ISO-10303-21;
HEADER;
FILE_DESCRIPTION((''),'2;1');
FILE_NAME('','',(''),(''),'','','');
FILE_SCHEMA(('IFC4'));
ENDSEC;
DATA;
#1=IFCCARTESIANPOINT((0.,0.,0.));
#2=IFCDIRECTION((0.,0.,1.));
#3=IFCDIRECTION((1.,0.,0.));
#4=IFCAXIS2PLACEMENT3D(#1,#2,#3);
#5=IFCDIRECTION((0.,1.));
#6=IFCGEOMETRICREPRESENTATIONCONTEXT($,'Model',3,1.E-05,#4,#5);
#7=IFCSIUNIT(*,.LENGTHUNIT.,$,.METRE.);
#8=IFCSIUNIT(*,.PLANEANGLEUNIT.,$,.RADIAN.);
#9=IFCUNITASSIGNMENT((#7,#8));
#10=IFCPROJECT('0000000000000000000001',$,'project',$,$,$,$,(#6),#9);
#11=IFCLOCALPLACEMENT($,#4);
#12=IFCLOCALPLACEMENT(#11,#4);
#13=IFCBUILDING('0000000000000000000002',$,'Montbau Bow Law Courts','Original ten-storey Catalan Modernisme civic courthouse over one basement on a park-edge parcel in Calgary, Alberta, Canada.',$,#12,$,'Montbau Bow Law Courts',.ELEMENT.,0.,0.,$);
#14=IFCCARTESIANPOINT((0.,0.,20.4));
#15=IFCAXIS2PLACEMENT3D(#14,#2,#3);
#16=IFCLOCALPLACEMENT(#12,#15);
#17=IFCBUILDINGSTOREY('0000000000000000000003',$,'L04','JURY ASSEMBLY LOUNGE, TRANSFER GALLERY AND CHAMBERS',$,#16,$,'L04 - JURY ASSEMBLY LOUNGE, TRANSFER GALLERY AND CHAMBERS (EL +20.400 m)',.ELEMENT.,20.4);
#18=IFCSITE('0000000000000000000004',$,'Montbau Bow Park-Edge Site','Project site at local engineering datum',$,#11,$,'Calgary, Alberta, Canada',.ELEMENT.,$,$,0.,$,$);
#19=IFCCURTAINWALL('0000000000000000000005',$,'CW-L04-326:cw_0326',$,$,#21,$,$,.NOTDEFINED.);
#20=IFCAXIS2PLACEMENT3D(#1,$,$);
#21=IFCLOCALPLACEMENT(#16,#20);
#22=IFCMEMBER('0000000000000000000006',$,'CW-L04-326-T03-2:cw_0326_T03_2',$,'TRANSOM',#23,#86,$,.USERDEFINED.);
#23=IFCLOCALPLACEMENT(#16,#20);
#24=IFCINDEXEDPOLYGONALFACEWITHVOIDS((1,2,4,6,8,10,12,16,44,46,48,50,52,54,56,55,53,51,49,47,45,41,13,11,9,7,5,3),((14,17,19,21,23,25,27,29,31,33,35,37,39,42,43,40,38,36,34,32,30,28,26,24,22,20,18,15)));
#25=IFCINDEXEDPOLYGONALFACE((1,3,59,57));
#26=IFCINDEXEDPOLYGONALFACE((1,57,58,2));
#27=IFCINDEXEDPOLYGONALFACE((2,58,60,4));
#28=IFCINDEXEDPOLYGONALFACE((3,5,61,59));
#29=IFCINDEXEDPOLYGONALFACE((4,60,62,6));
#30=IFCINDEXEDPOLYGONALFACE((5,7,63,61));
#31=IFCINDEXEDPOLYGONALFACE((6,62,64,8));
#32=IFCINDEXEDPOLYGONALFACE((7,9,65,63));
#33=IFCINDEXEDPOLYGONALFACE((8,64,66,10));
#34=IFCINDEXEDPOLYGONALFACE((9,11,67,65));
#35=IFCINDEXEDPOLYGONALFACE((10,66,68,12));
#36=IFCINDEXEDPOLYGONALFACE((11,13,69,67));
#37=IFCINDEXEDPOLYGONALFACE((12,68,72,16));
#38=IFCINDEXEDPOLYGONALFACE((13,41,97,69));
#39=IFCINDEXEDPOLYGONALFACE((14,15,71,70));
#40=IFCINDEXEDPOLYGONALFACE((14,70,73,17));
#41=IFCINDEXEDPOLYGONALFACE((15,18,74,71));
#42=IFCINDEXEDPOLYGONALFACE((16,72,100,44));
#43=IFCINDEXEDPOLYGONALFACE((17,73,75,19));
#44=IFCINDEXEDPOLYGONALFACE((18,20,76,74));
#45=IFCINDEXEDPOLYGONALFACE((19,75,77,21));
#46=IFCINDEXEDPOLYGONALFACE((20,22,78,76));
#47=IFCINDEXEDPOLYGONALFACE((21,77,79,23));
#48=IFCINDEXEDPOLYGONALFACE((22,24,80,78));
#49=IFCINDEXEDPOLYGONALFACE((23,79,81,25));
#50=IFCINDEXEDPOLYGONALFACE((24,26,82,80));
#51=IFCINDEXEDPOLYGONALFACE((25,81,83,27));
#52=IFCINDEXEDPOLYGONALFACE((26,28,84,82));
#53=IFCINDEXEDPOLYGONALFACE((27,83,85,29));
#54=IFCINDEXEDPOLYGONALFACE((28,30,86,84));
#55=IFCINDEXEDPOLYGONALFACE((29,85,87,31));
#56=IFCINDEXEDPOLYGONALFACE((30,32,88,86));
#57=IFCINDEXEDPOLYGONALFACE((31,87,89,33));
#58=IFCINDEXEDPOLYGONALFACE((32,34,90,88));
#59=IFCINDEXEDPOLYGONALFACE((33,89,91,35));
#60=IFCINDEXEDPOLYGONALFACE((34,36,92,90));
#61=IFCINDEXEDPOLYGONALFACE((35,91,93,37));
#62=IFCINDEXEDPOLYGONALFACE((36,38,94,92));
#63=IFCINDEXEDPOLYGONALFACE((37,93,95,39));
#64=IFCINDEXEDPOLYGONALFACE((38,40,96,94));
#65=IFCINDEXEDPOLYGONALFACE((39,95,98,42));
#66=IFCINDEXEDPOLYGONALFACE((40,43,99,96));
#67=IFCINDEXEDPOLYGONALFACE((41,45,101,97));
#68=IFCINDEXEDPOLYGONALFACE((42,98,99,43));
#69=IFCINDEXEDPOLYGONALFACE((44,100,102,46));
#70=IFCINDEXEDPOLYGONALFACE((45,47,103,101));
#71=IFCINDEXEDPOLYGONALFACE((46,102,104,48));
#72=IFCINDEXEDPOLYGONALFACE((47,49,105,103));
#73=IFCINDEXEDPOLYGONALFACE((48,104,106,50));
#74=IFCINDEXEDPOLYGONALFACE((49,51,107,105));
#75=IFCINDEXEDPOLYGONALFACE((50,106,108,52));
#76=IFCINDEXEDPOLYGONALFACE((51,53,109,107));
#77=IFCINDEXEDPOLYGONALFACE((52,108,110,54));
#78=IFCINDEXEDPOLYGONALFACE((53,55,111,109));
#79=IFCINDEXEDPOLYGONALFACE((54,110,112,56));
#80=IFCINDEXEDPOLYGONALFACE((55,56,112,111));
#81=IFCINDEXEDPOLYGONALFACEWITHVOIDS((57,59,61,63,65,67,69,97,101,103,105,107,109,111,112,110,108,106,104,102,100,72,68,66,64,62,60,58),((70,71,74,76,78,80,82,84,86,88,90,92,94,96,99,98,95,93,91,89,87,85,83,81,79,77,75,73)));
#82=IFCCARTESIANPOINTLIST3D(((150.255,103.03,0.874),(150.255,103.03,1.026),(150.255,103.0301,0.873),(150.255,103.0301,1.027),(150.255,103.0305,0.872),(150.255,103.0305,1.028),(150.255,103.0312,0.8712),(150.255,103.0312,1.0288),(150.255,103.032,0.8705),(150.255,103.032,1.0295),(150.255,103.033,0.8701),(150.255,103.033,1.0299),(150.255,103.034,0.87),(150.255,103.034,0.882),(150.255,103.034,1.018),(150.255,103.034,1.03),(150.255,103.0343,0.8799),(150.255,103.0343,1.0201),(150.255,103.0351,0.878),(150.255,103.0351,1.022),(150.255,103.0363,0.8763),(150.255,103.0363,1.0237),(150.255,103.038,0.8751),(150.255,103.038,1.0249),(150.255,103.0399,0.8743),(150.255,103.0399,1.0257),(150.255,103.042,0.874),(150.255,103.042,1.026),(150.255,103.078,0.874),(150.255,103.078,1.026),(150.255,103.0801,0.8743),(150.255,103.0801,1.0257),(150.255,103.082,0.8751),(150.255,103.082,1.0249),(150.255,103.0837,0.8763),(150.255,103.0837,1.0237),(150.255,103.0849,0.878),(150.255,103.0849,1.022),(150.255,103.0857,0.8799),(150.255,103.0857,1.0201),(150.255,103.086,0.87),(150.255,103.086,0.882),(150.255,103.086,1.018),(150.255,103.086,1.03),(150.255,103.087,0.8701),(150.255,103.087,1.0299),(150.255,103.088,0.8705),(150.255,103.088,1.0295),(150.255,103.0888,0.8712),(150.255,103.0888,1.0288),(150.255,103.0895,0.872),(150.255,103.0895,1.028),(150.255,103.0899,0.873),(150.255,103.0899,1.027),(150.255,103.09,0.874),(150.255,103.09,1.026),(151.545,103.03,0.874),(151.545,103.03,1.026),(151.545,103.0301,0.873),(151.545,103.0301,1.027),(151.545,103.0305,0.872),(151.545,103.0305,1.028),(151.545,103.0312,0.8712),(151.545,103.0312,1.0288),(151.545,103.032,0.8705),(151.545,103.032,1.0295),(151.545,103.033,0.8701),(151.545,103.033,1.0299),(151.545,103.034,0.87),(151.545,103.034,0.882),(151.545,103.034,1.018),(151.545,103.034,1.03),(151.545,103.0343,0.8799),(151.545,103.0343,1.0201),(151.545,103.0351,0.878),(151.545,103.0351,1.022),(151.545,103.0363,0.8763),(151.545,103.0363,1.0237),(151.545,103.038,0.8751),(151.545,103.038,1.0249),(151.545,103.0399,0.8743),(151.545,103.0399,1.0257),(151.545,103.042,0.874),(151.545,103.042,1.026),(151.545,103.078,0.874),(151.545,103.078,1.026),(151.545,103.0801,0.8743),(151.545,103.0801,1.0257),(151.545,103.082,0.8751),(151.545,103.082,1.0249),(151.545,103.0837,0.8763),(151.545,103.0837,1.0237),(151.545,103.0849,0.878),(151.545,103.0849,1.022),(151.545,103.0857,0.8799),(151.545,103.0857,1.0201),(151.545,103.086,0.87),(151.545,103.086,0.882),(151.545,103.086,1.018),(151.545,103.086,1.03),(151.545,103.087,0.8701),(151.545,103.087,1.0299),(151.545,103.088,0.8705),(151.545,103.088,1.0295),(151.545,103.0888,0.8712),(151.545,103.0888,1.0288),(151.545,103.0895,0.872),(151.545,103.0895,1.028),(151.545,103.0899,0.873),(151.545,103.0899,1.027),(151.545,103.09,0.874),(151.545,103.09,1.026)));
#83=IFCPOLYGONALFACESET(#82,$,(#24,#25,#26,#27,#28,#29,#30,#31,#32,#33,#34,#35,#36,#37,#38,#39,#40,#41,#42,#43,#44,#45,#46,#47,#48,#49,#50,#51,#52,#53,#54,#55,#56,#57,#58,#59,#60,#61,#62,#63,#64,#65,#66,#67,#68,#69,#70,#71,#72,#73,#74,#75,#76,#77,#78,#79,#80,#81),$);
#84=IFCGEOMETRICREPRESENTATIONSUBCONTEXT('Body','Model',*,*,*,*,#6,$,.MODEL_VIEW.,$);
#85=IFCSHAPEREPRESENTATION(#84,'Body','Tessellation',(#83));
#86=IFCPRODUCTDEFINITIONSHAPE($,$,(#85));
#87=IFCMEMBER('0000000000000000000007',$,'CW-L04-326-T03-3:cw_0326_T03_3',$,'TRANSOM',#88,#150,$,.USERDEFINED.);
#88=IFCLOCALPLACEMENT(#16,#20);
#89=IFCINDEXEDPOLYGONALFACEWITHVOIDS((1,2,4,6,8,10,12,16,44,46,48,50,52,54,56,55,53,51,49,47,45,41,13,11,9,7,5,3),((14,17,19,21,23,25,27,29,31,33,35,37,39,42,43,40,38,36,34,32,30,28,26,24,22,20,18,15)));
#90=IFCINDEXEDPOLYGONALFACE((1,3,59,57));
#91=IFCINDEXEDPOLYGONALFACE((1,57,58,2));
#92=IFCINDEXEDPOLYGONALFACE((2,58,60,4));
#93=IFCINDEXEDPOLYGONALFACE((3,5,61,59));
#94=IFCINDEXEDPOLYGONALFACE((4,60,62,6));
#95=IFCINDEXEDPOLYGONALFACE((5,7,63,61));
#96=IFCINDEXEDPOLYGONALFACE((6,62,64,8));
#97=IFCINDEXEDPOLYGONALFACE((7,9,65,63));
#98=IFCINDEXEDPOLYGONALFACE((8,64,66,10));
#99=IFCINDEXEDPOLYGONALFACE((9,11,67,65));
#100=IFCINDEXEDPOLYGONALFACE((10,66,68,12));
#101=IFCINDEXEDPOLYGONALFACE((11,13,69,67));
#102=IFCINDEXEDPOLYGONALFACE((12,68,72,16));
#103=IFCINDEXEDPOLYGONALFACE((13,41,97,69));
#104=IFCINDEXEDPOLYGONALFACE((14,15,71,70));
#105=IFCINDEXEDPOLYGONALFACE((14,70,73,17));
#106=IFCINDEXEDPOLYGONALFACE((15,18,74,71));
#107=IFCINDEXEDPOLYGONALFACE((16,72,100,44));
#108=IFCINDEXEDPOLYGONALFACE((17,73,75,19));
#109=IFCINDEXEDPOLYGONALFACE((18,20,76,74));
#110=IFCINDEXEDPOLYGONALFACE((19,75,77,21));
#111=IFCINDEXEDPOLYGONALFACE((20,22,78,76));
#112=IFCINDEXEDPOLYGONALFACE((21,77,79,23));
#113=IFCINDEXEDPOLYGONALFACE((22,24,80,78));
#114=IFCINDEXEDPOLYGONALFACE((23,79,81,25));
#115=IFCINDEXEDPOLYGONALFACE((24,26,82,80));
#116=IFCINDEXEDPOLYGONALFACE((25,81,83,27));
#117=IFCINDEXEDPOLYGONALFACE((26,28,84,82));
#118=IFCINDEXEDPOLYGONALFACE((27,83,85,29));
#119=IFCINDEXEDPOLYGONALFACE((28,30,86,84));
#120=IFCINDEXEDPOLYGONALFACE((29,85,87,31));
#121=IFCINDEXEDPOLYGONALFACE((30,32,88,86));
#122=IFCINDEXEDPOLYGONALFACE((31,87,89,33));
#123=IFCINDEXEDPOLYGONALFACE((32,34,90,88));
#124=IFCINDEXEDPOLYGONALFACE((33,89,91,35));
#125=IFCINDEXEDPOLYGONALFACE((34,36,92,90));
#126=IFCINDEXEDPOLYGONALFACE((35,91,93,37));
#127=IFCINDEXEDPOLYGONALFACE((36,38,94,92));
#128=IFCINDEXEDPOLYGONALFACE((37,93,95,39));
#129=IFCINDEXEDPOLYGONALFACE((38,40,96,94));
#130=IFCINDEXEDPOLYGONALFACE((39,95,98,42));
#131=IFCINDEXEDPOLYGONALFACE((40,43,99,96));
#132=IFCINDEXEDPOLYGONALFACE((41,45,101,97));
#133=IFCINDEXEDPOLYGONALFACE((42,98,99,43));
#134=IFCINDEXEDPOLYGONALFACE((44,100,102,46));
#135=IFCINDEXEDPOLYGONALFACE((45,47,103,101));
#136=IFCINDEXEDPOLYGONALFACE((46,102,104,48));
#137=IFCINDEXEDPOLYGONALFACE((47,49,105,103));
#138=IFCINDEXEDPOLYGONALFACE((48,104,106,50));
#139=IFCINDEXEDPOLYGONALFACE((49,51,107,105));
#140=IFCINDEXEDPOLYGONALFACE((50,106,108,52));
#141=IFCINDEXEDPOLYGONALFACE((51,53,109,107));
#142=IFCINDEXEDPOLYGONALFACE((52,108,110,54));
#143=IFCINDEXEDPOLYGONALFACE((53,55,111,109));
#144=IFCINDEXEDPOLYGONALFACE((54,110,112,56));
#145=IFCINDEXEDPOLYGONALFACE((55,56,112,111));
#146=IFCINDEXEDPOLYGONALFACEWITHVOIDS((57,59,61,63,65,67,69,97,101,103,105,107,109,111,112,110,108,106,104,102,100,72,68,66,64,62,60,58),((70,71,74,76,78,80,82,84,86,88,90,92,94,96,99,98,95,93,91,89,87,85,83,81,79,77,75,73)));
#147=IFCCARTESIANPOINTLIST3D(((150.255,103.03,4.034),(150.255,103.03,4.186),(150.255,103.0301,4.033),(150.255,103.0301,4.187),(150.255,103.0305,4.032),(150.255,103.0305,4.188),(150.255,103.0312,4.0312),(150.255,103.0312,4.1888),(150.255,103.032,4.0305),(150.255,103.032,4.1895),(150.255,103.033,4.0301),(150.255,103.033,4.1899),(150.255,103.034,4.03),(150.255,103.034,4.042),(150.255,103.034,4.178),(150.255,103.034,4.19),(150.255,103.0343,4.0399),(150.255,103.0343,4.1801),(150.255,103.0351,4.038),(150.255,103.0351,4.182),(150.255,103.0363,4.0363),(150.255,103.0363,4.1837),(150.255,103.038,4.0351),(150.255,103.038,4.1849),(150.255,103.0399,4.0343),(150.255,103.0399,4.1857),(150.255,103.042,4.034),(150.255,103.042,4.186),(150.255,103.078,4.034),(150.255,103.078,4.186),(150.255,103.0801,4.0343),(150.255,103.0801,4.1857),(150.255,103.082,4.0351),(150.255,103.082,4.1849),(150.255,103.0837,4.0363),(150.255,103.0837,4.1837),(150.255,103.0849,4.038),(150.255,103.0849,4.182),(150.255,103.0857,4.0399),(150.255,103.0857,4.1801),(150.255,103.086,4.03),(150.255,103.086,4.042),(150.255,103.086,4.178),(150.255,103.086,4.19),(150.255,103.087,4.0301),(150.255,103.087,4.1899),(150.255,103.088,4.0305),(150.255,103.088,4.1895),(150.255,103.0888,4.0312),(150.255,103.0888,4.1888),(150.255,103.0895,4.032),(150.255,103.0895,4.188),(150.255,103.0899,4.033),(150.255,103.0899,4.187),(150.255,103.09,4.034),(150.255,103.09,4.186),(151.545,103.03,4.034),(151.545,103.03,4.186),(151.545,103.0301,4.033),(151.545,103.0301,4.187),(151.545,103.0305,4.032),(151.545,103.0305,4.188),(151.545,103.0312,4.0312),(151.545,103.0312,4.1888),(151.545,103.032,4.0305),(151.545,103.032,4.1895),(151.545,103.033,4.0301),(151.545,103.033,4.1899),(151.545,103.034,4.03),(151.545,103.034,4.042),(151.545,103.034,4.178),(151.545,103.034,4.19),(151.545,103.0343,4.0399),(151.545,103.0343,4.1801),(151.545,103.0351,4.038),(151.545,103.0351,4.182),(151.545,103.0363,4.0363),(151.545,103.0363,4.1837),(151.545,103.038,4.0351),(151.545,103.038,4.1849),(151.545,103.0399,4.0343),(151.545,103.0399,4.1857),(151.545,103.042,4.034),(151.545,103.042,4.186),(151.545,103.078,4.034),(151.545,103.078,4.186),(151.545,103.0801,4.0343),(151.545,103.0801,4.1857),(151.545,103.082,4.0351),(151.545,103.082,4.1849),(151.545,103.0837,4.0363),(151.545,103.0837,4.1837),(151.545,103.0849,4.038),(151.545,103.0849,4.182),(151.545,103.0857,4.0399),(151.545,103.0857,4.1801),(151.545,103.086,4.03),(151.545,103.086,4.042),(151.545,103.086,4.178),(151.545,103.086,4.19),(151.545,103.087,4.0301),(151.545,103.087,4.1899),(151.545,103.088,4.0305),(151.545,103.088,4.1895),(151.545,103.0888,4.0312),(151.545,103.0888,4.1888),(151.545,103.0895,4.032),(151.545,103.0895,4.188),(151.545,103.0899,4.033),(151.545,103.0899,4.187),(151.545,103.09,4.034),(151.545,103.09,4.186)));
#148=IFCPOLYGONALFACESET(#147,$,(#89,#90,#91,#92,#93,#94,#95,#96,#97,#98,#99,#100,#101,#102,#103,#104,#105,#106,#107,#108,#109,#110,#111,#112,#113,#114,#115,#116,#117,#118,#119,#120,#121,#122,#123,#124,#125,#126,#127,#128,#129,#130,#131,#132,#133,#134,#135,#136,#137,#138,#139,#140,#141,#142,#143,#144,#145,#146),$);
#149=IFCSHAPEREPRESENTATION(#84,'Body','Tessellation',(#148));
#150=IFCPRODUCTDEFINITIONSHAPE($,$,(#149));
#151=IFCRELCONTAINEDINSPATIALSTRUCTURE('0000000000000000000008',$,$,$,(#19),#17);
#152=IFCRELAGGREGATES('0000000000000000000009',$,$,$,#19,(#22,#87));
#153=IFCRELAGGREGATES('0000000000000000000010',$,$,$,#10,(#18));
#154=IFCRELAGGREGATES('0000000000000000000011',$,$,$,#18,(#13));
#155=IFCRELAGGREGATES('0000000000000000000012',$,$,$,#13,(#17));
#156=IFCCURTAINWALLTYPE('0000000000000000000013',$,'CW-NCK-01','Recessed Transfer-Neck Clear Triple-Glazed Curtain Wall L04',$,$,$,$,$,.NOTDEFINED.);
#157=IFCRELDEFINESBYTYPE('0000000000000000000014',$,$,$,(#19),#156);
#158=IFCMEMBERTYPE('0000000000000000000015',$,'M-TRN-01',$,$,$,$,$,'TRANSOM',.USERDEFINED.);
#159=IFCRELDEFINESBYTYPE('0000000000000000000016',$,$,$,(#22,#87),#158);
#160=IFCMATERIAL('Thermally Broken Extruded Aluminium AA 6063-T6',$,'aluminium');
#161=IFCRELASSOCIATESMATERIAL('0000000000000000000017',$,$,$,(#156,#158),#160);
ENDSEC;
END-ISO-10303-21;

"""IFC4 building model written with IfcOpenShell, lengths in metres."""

from ifc_helpers import new_model, si_unit, direction, frame, origin_with_axes, origin_2d_with_axis, place, context, subcontext, project, spatial, hollow_rectangle, extrude, material, material_profile, profile_set, type_object, element, aggregate, save


model = new_model("IFC4")

# Units and contexts
model_context = context("Model", 3, precision=1e-05, world=origin_with_axes(), true_north=direction((0.0, 1.0)))
body_context = subcontext(model_context, "Body", "Model", "MODEL_VIEW")
ifc_project = project(units=[si_unit("LENGTHUNIT", "METRE"), si_unit("PLANEANGLEUNIT", "RADIAN")], contexts=[model_context])

# Site, building, storey
site_placement = place(None, origin_with_axes())
site = spatial("IfcSite", under=ifc_project, at=site_placement, Name="Montbau Bow Park-Edge Site", Description="Project site at local engineering datum", LongName="Calgary, Alberta, Canada", CompositionType="ELEMENT", RefElevation=0.0)
building_placement = place(site_placement, origin_with_axes())
building = spatial("IfcBuilding", under=site, at=building_placement, Name="Montbau Bow Law Courts", Description="Original ten-storey Catalan Modernisme civic courthouse over one basement on a park-edge parcel in Calgary, Alberta, Canada.", LongName="Montbau Bow Law Courts", CompositionType="ELEMENT", ElevationOfRefHeight=0.0, ElevationOfTerrain=0.0)
storey_placement = place(building_placement, frame((0.0, 0.0, 20.4), z_axis=(0.0, 0.0, 1.0), x_axis=(1.0, 0.0, 0.0)))
storey = spatial("IfcBuildingStorey", under=building, at=storey_placement, Name="L04", Description="JURY ASSEMBLY LOUNGE, TRANSFER GALLERY AND CHAMBERS", LongName="L04 - JURY ASSEMBLY LOUNGE, TRANSFER GALLERY AND CHAMBERS (EL +20.400 m)", CompositionType="ELEMENT", Elevation=20.4)

# Curtain wall, members
ifc_material_1 = material(Name="Thermally Broken Extruded Aluminium AA 6063-T6", Category="aluminium")
curtain_wall_type = type_object("IfcCurtainWallType", Name="CW-NCK-01", Description="Recessed Transfer-Neck Clear Triple-Glazed Curtain Wall L04", PredefinedType="NOTDEFINED", material=ifc_material_1)
curtain_wall_placement = place(None, frame((147.515, 103.06, 20.4), z_axis=(0.0, 0.0, 1.0), x_axis=(1.0, 0.0, 0.0)))
curtain_wall = element("IfcCurtainWall", 1, at=curtain_wall_placement, inside=storey, type_object=curtain_wall_type, Name="CW-L04-326:cw_0326", PredefinedType="NOTDEFINED")
ifc_material_profile_1 = material_profile(ifc_material_1, hollow_rectangle(XDim=0.06, YDim=0.16, WallThickness=0.004, InnerFilletRadius=0.008, OuterFilletRadius=0.004, at=origin_2d_with_axis()), Name="CWT-160X60", Category="Main", Priority=0)
ifc_profile_set_1 = profile_set([ifc_material_profile_1], Name="Thermally Broken Extruded Aluminium AA 6063-T6")
member_type_1 = type_object("IfcMemberType", Name="M-TRN-01", ElementType="TRANSOM", PredefinedType="USERDEFINED", material=ifc_profile_set_1)
member_1_placement = place(None, frame((150.255, 103.06, 21.35), z_axis=(1.0, 0.0, 0.0), x_axis=(0.0, 1.0, 0.0)))
member_1 = element("IfcMember", 2, at=member_1_placement, type_object=member_type_1, Name="CW-L04-326-T03-2:cw_0326_T03_2", ObjectType="TRANSOM", PredefinedType="USERDEFINED", context=body_context, shape_type="SweptSolid", body=[
    extrude(hollow_rectangle(XDim=0.06, YDim=0.16, WallThickness=0.004, InnerFilletRadius=0.008, OuterFilletRadius=0.004, at=origin_2d_with_axis()), origin_with_axes(), (0.0, 0.0, 1.0), 1.29),
])
member_2_placement = place(None, frame((150.255, 103.06, 24.51), z_axis=(1.0, 0.0, 0.0), x_axis=(0.0, 1.0, 0.0)))
member_2 = element("IfcMember", 3, at=member_2_placement, type_object=member_type_1, Name="CW-L04-326-T03-3:cw_0326_T03_3", ObjectType="TRANSOM", PredefinedType="USERDEFINED", context=body_context, shape_type="SweptSolid", body=[
    extrude(hollow_rectangle(XDim=0.06, YDim=0.16, WallThickness=0.004, InnerFilletRadius=0.008, OuterFilletRadius=0.004, at=origin_2d_with_axis()), origin_with_axes(), (0.0, 0.0, 1.0), 1.29),
])
aggregate(curtain_wall, [member_1, member_2])

save(model, "model.ifc")
